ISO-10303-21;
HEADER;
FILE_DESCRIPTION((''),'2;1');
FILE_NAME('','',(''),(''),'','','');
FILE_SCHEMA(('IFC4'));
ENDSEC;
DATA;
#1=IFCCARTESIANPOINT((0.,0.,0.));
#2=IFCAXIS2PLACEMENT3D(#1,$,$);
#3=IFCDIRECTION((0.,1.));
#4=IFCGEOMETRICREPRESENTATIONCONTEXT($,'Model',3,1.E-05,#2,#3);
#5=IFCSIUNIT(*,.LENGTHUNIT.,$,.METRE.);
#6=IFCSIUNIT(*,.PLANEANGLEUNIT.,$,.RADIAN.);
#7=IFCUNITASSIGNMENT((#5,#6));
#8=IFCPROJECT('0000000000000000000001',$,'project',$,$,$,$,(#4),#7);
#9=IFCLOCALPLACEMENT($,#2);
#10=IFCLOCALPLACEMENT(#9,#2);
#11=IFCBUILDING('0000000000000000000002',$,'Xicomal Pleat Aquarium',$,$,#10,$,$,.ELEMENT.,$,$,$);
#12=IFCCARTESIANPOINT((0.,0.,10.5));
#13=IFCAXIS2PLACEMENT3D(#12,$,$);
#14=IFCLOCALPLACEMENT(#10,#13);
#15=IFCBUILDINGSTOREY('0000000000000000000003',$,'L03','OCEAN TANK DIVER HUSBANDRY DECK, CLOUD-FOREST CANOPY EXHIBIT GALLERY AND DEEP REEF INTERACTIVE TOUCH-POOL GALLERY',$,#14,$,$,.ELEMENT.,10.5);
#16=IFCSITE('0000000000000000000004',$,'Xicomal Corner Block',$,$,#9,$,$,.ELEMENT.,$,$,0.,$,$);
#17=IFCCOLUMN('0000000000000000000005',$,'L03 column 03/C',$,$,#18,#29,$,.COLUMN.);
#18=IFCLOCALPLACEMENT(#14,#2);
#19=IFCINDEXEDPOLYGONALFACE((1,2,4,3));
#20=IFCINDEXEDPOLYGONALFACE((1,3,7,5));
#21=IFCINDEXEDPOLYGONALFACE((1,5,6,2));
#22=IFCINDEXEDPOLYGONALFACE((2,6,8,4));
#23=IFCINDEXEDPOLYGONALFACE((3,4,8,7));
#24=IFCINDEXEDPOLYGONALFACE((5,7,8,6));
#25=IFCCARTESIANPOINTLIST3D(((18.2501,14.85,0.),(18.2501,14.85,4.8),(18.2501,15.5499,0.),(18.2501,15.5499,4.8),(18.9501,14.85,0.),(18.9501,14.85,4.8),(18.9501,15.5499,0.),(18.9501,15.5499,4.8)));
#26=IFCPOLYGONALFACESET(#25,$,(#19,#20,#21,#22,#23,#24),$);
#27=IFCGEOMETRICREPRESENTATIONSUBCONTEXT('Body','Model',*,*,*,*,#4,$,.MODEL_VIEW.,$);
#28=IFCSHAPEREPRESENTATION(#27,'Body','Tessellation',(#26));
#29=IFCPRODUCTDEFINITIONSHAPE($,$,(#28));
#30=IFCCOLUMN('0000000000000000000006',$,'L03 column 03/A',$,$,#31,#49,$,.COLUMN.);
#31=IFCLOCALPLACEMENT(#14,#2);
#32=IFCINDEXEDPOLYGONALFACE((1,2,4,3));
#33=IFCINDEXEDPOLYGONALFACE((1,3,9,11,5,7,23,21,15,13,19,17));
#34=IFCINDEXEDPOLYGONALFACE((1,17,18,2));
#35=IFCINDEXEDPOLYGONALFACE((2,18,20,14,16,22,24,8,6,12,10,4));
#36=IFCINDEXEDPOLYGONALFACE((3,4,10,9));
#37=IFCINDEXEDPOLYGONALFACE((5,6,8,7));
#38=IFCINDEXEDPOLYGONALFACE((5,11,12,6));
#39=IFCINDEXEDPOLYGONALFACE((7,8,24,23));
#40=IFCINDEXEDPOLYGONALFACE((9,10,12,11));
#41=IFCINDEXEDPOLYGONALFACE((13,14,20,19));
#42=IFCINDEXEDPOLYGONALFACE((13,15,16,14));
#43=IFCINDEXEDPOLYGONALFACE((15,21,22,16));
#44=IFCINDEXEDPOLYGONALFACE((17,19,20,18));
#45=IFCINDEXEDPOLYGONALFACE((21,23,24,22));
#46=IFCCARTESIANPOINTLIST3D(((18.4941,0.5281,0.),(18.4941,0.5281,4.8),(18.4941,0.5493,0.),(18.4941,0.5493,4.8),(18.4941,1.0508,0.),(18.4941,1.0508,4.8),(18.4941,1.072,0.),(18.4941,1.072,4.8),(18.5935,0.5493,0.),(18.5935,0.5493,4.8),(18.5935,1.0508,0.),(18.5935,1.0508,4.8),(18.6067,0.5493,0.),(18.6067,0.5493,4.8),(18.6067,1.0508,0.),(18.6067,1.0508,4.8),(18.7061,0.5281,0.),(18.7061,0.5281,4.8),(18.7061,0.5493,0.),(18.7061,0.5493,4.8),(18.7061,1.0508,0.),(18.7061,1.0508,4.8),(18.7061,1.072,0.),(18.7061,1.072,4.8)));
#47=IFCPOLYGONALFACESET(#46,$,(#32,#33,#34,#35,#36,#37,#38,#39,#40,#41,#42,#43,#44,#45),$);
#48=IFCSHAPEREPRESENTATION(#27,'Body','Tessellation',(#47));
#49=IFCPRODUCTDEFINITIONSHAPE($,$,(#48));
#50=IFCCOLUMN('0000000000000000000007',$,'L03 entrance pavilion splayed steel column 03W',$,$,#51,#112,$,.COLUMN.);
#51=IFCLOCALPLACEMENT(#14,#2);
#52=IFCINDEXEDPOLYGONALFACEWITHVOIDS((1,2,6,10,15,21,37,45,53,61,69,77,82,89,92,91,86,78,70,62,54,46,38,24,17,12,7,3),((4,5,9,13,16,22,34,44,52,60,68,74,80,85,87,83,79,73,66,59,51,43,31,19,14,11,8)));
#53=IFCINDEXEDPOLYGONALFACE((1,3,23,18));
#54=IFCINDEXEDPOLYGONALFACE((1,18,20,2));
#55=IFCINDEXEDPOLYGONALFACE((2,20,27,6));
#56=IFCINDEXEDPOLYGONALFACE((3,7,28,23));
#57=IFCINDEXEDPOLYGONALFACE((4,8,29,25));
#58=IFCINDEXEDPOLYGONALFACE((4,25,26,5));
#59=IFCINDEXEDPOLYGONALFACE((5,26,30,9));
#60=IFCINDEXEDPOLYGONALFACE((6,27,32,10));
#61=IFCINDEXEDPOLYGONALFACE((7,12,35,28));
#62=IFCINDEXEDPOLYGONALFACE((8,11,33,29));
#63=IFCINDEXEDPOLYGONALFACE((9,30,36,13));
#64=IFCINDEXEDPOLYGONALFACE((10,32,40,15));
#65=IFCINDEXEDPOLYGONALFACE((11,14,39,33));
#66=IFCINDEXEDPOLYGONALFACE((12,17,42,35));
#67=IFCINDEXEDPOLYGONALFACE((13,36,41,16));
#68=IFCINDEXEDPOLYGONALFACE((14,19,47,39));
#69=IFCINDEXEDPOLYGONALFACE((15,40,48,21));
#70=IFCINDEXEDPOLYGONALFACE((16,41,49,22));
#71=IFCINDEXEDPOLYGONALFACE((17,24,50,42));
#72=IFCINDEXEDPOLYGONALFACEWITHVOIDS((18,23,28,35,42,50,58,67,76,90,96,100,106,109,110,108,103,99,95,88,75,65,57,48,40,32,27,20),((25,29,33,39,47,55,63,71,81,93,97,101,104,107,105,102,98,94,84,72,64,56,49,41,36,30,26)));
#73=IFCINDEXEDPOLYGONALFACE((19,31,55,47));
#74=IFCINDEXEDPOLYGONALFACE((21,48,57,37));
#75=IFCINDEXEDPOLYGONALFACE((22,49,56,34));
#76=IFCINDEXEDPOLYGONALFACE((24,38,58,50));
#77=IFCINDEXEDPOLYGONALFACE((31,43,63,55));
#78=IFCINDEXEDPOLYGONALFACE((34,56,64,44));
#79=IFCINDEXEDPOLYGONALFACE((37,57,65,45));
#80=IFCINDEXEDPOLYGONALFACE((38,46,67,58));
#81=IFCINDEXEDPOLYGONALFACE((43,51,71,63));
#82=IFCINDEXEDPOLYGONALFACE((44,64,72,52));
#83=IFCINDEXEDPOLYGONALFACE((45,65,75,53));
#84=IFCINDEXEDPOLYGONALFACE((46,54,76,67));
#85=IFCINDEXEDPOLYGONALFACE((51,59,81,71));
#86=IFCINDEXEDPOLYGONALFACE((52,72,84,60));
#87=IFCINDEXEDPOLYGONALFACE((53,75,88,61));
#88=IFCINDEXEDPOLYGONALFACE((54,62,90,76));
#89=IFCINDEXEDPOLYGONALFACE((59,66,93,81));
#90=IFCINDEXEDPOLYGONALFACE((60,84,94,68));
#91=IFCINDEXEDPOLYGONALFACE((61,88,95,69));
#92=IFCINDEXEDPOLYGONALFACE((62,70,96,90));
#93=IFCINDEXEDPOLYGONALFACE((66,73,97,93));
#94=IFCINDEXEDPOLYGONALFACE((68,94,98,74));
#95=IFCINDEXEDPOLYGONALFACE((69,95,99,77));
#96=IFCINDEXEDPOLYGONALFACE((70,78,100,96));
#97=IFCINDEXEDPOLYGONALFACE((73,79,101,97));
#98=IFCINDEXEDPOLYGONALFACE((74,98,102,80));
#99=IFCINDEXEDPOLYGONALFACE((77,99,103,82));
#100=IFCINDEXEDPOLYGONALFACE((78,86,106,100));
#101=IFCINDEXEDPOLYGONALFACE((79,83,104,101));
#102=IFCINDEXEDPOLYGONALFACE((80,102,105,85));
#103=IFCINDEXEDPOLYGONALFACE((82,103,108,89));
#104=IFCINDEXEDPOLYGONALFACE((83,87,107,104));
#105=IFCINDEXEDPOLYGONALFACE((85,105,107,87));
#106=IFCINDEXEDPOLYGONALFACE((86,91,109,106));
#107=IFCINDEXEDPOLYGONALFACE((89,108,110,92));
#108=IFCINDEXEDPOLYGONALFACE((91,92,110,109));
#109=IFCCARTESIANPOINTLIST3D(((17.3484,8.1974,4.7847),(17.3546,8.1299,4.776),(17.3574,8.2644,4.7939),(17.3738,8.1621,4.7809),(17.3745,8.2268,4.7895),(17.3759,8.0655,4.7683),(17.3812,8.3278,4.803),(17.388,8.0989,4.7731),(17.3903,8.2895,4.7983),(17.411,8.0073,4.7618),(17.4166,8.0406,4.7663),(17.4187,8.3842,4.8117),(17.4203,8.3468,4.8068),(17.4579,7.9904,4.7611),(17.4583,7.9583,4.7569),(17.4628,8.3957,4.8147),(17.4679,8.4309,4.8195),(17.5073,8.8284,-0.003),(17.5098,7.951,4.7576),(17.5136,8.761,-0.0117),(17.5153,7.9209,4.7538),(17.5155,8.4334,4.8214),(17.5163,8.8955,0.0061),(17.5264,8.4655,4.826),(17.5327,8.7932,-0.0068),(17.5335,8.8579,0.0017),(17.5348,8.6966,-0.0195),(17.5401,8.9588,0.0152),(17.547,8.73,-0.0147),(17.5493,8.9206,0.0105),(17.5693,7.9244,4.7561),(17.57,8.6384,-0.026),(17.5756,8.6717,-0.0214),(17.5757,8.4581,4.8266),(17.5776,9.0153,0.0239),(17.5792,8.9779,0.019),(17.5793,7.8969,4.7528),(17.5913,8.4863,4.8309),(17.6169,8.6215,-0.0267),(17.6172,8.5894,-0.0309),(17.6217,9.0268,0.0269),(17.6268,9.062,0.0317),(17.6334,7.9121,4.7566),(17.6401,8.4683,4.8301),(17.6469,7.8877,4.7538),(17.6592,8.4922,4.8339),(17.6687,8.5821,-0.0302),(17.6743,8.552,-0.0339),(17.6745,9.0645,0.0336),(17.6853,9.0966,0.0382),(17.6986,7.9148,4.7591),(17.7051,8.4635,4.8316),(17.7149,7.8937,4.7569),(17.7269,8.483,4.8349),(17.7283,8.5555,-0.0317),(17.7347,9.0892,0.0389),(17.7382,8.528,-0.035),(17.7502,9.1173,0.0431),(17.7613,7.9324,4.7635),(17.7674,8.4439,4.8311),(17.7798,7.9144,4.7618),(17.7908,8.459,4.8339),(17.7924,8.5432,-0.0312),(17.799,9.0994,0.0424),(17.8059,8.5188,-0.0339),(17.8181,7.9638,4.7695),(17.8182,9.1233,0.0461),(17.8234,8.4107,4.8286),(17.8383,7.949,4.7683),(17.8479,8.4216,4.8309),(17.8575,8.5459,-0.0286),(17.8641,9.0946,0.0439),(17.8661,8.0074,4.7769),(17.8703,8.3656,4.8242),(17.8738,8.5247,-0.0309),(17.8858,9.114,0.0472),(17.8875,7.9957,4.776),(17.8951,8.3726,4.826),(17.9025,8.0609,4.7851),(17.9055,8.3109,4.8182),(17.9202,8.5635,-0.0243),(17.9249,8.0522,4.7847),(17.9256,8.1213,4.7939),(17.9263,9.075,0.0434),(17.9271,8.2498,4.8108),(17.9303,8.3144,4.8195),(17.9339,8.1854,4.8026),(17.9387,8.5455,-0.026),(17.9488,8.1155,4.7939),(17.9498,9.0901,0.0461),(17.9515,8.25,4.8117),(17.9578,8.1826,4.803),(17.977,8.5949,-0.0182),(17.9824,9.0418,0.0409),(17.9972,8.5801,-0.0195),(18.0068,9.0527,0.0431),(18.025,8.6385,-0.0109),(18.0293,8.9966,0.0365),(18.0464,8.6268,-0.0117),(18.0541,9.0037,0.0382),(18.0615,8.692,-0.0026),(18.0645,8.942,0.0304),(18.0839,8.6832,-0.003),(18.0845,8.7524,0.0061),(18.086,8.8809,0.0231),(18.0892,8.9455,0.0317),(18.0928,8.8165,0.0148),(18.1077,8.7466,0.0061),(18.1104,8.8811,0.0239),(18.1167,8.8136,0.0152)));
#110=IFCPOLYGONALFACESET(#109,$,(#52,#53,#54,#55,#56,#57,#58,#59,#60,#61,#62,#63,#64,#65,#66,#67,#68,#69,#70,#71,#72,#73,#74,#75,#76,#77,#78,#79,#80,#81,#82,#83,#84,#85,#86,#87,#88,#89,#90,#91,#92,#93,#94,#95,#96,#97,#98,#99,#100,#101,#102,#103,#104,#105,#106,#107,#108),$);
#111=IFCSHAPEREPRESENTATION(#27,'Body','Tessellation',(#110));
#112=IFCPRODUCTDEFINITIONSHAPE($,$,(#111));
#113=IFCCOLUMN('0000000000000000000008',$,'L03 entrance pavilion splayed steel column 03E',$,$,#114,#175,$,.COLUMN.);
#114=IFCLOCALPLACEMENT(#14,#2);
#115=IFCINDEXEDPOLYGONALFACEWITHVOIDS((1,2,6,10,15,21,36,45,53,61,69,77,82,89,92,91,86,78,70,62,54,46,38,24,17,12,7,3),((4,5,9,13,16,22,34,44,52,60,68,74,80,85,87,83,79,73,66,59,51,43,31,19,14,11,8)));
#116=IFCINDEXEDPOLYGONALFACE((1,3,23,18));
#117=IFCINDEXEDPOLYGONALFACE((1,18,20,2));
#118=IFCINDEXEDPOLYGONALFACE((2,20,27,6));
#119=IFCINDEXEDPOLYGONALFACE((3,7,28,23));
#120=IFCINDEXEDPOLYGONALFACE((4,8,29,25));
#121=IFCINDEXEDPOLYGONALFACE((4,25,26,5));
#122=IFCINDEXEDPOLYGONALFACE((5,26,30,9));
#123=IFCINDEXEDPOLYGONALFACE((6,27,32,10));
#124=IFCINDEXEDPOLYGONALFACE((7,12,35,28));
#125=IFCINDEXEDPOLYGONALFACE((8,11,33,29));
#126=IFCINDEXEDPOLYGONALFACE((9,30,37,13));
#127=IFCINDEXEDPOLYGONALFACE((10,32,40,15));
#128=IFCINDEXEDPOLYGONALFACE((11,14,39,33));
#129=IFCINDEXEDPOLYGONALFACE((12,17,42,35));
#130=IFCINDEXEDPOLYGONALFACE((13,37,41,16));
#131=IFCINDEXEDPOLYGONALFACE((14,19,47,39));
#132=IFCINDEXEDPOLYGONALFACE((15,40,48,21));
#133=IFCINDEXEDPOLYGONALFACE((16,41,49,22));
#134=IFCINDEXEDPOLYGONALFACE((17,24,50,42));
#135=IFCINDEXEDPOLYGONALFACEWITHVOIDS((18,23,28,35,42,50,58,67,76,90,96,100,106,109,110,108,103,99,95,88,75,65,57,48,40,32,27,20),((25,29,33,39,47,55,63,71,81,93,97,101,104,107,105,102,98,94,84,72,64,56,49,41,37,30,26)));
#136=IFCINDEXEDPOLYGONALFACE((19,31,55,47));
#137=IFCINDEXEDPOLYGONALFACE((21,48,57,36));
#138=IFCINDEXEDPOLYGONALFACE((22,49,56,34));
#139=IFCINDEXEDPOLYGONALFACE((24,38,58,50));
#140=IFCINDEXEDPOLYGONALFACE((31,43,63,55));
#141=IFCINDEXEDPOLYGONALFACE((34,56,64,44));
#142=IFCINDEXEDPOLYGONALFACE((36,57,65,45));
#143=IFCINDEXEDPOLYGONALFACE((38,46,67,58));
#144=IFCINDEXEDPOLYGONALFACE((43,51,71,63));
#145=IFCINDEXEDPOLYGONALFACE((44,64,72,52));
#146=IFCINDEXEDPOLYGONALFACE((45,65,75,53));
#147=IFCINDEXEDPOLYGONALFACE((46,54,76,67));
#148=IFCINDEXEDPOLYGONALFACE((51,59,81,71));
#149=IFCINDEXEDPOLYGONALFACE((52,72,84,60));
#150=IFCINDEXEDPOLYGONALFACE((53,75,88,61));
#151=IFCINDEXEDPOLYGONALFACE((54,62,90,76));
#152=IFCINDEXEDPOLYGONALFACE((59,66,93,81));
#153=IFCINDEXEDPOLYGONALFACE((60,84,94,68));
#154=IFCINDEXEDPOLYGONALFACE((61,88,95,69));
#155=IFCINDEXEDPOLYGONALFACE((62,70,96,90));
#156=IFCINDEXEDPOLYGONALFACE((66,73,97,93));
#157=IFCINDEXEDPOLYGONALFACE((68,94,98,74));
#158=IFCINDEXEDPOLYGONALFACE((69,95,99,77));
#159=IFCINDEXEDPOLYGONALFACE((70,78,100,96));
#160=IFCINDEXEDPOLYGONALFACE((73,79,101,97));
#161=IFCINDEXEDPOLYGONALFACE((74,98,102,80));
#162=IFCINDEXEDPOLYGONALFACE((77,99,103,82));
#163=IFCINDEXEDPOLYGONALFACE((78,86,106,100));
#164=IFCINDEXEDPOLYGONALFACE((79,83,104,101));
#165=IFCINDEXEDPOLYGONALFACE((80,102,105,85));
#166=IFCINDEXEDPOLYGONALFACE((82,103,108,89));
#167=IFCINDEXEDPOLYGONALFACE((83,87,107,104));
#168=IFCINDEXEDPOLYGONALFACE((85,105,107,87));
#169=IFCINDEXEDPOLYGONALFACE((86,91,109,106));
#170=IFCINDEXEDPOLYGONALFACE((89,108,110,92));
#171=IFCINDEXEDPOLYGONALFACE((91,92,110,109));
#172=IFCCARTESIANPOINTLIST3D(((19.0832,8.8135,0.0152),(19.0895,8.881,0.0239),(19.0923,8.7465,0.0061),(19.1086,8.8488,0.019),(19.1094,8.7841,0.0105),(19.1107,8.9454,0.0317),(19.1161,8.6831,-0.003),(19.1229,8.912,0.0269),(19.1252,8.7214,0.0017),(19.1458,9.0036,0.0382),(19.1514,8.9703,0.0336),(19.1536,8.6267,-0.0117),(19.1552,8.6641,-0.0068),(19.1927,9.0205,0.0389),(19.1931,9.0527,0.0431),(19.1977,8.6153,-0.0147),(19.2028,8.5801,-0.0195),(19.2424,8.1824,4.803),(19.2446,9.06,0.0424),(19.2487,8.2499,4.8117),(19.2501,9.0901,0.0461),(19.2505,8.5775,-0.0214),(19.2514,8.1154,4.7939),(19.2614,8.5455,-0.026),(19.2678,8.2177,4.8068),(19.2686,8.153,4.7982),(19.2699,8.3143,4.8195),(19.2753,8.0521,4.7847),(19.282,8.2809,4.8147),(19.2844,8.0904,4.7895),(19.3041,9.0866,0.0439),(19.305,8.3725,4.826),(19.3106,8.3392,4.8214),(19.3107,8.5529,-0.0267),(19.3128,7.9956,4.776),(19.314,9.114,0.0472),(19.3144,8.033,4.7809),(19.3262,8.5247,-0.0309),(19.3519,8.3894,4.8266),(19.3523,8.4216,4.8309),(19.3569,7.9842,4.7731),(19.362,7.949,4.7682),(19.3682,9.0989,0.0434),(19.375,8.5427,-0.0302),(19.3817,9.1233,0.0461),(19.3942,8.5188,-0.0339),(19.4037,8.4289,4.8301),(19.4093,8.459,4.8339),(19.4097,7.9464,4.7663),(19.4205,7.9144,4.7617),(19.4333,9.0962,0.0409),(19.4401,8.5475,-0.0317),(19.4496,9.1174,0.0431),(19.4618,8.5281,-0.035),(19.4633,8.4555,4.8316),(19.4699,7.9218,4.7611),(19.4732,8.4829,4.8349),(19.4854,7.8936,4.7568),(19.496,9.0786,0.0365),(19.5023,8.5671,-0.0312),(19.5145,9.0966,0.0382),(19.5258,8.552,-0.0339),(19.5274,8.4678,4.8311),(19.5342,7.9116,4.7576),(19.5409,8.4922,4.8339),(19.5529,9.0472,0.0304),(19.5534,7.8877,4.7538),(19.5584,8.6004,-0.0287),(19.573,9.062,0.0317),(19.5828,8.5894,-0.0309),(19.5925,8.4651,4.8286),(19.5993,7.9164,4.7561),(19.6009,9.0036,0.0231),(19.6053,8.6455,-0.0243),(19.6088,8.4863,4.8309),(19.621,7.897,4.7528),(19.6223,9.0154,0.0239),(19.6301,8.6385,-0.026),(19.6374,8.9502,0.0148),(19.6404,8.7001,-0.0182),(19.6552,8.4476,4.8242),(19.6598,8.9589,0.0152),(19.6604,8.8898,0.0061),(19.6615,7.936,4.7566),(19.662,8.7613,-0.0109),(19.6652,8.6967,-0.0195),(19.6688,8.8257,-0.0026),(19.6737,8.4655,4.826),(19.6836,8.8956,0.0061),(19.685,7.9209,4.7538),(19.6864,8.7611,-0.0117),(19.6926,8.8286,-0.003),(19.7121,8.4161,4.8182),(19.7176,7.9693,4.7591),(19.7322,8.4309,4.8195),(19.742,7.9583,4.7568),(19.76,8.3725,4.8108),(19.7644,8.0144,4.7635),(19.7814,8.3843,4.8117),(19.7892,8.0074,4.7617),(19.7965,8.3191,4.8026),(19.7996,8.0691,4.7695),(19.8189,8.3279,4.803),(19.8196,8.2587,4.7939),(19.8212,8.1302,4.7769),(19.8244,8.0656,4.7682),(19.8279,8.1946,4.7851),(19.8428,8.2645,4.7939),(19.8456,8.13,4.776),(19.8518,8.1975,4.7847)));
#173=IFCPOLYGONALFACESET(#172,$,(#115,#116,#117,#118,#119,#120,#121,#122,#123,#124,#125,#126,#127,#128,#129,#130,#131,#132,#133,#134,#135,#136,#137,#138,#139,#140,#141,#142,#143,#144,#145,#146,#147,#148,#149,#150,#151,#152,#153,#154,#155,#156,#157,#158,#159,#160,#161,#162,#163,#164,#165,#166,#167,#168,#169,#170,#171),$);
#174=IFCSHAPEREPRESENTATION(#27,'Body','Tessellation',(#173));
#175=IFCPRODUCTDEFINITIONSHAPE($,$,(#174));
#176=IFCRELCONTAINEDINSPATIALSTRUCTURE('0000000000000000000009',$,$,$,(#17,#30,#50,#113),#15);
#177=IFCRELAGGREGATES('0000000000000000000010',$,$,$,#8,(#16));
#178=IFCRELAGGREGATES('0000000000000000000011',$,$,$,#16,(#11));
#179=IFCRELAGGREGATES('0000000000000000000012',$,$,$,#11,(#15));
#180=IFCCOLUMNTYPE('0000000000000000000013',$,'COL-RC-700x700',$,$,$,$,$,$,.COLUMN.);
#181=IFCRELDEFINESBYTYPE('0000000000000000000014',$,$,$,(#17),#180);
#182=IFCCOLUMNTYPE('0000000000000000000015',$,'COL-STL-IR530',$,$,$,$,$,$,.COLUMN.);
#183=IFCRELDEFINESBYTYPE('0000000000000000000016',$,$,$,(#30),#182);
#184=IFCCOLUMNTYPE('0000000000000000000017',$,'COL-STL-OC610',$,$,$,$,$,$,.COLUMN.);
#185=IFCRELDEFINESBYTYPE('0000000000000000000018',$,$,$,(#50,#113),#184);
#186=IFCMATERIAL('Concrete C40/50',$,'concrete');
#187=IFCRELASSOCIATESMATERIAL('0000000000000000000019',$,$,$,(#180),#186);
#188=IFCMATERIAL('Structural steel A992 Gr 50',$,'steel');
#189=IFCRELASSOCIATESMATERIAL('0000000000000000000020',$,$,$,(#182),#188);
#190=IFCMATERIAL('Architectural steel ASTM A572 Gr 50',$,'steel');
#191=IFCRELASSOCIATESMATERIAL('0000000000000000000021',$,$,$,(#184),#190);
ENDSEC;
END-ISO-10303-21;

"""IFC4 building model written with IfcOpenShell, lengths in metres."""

from ifc_helpers import new_model, si_unit, direction, frame, origin, origin_2d, place, context, subcontext, project, spatial, rectangle, hollow_circle, i_section, extrude, material, material_profile, profile_set, type_object, element, save


model = new_model("IFC4")

# Units and contexts
model_context = context("Model", 3, precision=1e-05, world=origin(), true_north=direction((0.0, 1.0)))
body_context = subcontext(model_context, "Body", "Model", "MODEL_VIEW")
ifc_project = project(units=[si_unit("LENGTHUNIT", "METRE"), si_unit("PLANEANGLEUNIT", "RADIAN")], contexts=[model_context])

# Site, building, storey
site_placement = place(None, origin())
site = spatial("IfcSite", under=ifc_project, at=site_placement, Name="Xicomal Corner Block", CompositionType="ELEMENT", RefElevation=0.0)
building_placement = place(site_placement, origin())
building = spatial("IfcBuilding", under=site, at=building_placement, Name="Xicomal Pleat Aquarium", CompositionType="ELEMENT")
storey_placement = place(building_placement, frame((0.0, 0.0, 10.5)))
storey = spatial("IfcBuildingStorey", under=building, at=storey_placement, Name="L03", Description="OCEAN TANK DIVER HUSBANDRY DECK, CLOUD-FOREST CANOPY EXHIBIT GALLERY AND DEEP REEF INTERACTIVE TOUCH-POOL GALLERY", CompositionType="ELEMENT", Elevation=10.5)

# Columns
ifc_material_1 = material(Name="Concrete C40/50", Category="concrete")
ifc_material_profile_1 = material_profile(ifc_material_1, rectangle(XDim=0.7, YDim=0.7, at=origin_2d()), Name="RC 700x700")
ifc_profile_set_1 = profile_set([ifc_material_profile_1], Name="Concrete C40/50")
column_type_1 = type_object("IfcColumnType", Name="COL-RC-700x700", PredefinedType="COLUMN", material=ifc_profile_set_1)
column_1_placement = place(storey_placement, frame((18.6001, 15.2, 0.0), z_axis=(0.0, 0.0, 1.0), x_axis=(1.0, 0.0, 0.0)))
element("IfcColumn", 1, at=column_1_placement, inside=storey, type_object=column_type_1, Name="L03 column 03/C", PredefinedType="COLUMN", context=body_context, shape_type="SweptSolid", body=[
    extrude(rectangle(XDim=0.7, YDim=0.7, at=origin_2d()), origin(), (0.0, 0.0, 1.0), 4.8),
])
ifc_material_2 = material(Name="Structural steel A992 Gr 50", Category="steel")
ifc_material_profile_2 = material_profile(ifc_material_2, i_section(OverallWidth=0.2119, OverallDepth=0.5439, WebThickness=0.0132, FlangeThickness=0.0212, at=origin_2d()), Name="IR 530x123")
ifc_profile_set_2 = profile_set([ifc_material_profile_2], Name="Structural steel A992 Gr 50")
column_type_2 = type_object("IfcColumnType", Name="COL-STL-IR530", PredefinedType="COLUMN", material=ifc_profile_set_2)
column_2_placement = place(storey_placement, frame((18.6001, 0.8, 0.0), z_axis=(0.0, 0.0, 1.0), x_axis=(1.0, 0.0, 0.0)))
element("IfcColumn", 2, at=column_2_placement, inside=storey, type_object=column_type_2, Name="L03 column 03/A", PredefinedType="COLUMN", context=body_context, shape_type="SweptSolid", body=[
    extrude(i_section(OverallWidth=0.2119, OverallDepth=0.5439, WebThickness=0.0132, FlangeThickness=0.0212, at=origin_2d()), origin(), (0.0, 0.0, 1.0), 4.8),
])
ifc_material_3 = material(Name="Architectural steel ASTM A572 Gr 50", Category="steel")
ifc_material_profile_3 = material_profile(ifc_material_3, hollow_circle(Radius=0.3049, WallThickness=0.0239, at=origin_2d()), Name="OC 610x24")
ifc_profile_set_3 = profile_set([ifc_material_profile_3], Name="Architectural steel ASTM A572 Gr 50")
column_type_3 = type_object("IfcColumnType", Name="COL-STL-OC610", PredefinedType="COLUMN", material=ifc_profile_set_3)
for number, where, z_axis, x_axis, name in (
    (3, (17.812, 8.821, 0.0061), (-0.032893, -0.130613, 0.990888), (0.969722, -0.244212, 0.0), "L03 entrance pavilion splayed steel column 03W"),
    (4, (19.3879, 8.821, 0.0061), (0.032944, -0.130612, 0.990886), (0.969633, 0.244565, 0.0), "L03 entrance pavilion splayed steel column 03E"),
):
    element("IfcColumn", number, at=place(storey_placement, frame(where, z_axis=z_axis, x_axis=x_axis)), inside=storey, type_object=column_type_3, Name=name, PredefinedType="COLUMN", context=body_context, shape_type="SweptSolid", body=[
        extrude(hollow_circle(Radius=0.3049, WallThickness=0.0239, at=origin_2d()), origin(), (0.0, 0.0, 1.0), 4.8318),
    ])

save(model, "model.ifc")
